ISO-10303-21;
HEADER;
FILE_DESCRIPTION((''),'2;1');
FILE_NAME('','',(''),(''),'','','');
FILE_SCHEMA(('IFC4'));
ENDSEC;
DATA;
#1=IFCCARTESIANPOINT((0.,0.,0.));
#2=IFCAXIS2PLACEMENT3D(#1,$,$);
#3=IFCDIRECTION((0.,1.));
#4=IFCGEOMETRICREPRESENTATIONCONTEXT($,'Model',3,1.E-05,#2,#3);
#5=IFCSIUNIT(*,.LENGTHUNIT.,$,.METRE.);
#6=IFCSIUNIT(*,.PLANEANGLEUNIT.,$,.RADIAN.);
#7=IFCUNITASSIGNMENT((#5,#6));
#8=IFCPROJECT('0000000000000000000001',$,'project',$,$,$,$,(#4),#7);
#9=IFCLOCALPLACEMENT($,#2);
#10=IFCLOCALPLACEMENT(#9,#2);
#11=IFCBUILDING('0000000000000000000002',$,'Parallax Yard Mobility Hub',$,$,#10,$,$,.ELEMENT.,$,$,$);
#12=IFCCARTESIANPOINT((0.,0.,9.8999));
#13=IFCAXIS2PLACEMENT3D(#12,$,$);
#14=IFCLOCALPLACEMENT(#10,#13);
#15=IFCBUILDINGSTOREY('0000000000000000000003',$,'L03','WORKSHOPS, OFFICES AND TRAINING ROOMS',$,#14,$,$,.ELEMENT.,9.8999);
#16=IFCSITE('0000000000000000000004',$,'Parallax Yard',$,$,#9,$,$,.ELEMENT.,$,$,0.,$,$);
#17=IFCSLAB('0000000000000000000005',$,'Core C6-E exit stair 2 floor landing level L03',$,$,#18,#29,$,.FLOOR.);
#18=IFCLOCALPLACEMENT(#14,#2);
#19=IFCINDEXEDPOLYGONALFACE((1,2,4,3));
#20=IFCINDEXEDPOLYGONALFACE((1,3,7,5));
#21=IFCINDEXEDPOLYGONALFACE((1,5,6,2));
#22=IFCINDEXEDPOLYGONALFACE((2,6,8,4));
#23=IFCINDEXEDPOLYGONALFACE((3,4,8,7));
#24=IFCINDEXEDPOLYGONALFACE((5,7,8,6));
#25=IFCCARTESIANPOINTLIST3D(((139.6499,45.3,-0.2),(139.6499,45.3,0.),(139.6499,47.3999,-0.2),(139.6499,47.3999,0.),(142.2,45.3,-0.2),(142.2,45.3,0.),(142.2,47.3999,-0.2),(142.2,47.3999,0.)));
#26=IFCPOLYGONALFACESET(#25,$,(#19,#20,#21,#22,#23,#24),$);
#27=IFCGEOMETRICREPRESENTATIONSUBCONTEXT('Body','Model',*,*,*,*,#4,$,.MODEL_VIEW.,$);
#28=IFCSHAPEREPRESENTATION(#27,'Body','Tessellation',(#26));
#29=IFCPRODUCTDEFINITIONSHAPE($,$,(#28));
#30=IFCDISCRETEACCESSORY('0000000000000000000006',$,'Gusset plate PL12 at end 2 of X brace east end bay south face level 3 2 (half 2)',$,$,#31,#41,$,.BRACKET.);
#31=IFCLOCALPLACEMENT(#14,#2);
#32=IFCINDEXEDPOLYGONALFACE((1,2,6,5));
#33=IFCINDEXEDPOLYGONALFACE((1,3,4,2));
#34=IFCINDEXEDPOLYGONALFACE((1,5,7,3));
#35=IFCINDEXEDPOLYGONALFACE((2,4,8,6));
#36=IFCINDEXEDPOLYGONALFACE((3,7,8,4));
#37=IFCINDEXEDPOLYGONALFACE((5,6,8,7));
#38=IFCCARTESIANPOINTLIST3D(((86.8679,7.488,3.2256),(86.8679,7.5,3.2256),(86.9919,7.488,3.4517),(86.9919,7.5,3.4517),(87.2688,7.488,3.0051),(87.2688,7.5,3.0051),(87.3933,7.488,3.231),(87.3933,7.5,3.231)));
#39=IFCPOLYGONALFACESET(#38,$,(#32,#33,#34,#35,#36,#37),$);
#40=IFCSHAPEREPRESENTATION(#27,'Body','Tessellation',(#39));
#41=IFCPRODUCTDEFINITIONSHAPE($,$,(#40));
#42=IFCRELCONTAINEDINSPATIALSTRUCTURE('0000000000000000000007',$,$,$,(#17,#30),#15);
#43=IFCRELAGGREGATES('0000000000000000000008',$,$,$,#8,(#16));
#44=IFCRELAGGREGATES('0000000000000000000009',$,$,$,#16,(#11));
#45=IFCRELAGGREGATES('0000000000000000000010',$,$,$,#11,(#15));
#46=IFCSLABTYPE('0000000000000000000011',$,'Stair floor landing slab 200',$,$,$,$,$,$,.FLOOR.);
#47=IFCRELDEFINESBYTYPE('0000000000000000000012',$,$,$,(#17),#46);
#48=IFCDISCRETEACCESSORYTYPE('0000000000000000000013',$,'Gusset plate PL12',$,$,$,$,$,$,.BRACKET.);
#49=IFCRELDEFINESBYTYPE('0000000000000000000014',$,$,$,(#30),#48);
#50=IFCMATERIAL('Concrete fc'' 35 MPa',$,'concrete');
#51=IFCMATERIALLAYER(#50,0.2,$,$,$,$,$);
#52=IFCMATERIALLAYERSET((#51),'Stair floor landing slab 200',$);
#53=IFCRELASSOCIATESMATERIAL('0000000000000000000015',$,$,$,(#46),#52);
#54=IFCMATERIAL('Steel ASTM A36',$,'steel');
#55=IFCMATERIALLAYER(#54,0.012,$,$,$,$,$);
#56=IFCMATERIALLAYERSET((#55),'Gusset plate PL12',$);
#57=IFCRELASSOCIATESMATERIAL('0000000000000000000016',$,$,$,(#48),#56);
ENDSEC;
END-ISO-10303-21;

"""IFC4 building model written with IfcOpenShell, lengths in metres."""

from ifc_helpers import new_model, si_unit, direction, frame, origin, place, context, subcontext, project, spatial, polyline, outline, extrude, material, layer, layer_set, type_object, element, save


model = new_model("IFC4")

# Units and contexts
model_context = context("Model", 3, precision=1e-05, world=origin(), true_north=direction((0.0, 1.0)))
body_context = subcontext(model_context, "Body", "Model", "MODEL_VIEW")
ifc_project = project(units=[si_unit("LENGTHUNIT", "METRE"), si_unit("PLANEANGLEUNIT", "RADIAN")], contexts=[model_context])

# Site, building, storey
site_placement = place(None, origin())
site = spatial("IfcSite", under=ifc_project, at=site_placement, Name="Parallax Yard", CompositionType="ELEMENT", RefElevation=0.0)
building_placement = place(site_placement, origin())
building = spatial("IfcBuilding", under=site, at=building_placement, Name="Parallax Yard Mobility Hub", CompositionType="ELEMENT")
storey_placement = place(building_placement, frame((0.0, 0.0, 9.8999)))
storey = spatial("IfcBuildingStorey", under=building, at=storey_placement, Name="L03", Description="WORKSHOPS, OFFICES AND TRAINING ROOMS", CompositionType="ELEMENT", Elevation=9.8999)

# Shared definitions
ifc_material_1 = material(Name="Concrete fc' 35 MPa", Category="concrete")

# Slab
ifc_layer_1 = layer(ifc_material_1, 0.2)
ifc_layer_set_1 = layer_set([ifc_layer_1], Name="Stair floor landing slab 200")
slab_type_1 = type_object("IfcSlabType", Name="Stair floor landing slab 200", PredefinedType="FLOOR", material=ifc_layer_set_1)
slab_1_placement = place(storey_placement, frame((0.0, 0.0, -0.2)))
element("IfcSlab", 1, at=slab_1_placement, inside=storey, type_object=slab_type_1, Name="Core C6-E exit stair 2 floor landing level L03", PredefinedType="FLOOR", context=body_context, shape_type="SweptSolid", body=[
    extrude(outline(polyline([(142.2, 45.3), (142.2, 47.3999), (139.6499, 47.3999), (139.6499, 45.3), (142.2, 45.3)])), origin(), (0.0, 0.0, 1.0), 0.2),
])

# Discrete accessory
ifc_material_2 = material(Name="Steel ASTM A36", Category="steel")
ifc_layer_2 = layer(ifc_material_2, 0.012)
ifc_layer_set_2 = layer_set([ifc_layer_2], Name="Gusset plate PL12")
discrete_accessory_type = type_object("IfcDiscreteAccessoryType", Name="Gusset plate PL12", PredefinedType="BRACKET", material=ifc_layer_set_2)
discrete_accessory_placement = place(storey_placement, frame((87.2688, 7.5, 3.0051), z_axis=(0.0, 1.0, 0.0), x_axis=(-0.876238, 0.0, 0.481878)))
element("IfcDiscreteAccessory", 2, at=discrete_accessory_placement, inside=storey, type_object=discrete_accessory_type, Name="Gusset plate PL12 at end 2 of X brace east end bay south face level 3 2 (half 2)", PredefinedType="BRACKET", context=body_context, shape_type="SweptSolid", body=[
    extrude(outline(polyline([(0.0, 0.0), (0.4575, 0.0), (0.4578, 0.2579), (-0.0003, 0.2579), (0.0, 0.0)])), origin(), (0.0, 0.0, -1.0), 0.012),
])

save(model, "model.ifc")
